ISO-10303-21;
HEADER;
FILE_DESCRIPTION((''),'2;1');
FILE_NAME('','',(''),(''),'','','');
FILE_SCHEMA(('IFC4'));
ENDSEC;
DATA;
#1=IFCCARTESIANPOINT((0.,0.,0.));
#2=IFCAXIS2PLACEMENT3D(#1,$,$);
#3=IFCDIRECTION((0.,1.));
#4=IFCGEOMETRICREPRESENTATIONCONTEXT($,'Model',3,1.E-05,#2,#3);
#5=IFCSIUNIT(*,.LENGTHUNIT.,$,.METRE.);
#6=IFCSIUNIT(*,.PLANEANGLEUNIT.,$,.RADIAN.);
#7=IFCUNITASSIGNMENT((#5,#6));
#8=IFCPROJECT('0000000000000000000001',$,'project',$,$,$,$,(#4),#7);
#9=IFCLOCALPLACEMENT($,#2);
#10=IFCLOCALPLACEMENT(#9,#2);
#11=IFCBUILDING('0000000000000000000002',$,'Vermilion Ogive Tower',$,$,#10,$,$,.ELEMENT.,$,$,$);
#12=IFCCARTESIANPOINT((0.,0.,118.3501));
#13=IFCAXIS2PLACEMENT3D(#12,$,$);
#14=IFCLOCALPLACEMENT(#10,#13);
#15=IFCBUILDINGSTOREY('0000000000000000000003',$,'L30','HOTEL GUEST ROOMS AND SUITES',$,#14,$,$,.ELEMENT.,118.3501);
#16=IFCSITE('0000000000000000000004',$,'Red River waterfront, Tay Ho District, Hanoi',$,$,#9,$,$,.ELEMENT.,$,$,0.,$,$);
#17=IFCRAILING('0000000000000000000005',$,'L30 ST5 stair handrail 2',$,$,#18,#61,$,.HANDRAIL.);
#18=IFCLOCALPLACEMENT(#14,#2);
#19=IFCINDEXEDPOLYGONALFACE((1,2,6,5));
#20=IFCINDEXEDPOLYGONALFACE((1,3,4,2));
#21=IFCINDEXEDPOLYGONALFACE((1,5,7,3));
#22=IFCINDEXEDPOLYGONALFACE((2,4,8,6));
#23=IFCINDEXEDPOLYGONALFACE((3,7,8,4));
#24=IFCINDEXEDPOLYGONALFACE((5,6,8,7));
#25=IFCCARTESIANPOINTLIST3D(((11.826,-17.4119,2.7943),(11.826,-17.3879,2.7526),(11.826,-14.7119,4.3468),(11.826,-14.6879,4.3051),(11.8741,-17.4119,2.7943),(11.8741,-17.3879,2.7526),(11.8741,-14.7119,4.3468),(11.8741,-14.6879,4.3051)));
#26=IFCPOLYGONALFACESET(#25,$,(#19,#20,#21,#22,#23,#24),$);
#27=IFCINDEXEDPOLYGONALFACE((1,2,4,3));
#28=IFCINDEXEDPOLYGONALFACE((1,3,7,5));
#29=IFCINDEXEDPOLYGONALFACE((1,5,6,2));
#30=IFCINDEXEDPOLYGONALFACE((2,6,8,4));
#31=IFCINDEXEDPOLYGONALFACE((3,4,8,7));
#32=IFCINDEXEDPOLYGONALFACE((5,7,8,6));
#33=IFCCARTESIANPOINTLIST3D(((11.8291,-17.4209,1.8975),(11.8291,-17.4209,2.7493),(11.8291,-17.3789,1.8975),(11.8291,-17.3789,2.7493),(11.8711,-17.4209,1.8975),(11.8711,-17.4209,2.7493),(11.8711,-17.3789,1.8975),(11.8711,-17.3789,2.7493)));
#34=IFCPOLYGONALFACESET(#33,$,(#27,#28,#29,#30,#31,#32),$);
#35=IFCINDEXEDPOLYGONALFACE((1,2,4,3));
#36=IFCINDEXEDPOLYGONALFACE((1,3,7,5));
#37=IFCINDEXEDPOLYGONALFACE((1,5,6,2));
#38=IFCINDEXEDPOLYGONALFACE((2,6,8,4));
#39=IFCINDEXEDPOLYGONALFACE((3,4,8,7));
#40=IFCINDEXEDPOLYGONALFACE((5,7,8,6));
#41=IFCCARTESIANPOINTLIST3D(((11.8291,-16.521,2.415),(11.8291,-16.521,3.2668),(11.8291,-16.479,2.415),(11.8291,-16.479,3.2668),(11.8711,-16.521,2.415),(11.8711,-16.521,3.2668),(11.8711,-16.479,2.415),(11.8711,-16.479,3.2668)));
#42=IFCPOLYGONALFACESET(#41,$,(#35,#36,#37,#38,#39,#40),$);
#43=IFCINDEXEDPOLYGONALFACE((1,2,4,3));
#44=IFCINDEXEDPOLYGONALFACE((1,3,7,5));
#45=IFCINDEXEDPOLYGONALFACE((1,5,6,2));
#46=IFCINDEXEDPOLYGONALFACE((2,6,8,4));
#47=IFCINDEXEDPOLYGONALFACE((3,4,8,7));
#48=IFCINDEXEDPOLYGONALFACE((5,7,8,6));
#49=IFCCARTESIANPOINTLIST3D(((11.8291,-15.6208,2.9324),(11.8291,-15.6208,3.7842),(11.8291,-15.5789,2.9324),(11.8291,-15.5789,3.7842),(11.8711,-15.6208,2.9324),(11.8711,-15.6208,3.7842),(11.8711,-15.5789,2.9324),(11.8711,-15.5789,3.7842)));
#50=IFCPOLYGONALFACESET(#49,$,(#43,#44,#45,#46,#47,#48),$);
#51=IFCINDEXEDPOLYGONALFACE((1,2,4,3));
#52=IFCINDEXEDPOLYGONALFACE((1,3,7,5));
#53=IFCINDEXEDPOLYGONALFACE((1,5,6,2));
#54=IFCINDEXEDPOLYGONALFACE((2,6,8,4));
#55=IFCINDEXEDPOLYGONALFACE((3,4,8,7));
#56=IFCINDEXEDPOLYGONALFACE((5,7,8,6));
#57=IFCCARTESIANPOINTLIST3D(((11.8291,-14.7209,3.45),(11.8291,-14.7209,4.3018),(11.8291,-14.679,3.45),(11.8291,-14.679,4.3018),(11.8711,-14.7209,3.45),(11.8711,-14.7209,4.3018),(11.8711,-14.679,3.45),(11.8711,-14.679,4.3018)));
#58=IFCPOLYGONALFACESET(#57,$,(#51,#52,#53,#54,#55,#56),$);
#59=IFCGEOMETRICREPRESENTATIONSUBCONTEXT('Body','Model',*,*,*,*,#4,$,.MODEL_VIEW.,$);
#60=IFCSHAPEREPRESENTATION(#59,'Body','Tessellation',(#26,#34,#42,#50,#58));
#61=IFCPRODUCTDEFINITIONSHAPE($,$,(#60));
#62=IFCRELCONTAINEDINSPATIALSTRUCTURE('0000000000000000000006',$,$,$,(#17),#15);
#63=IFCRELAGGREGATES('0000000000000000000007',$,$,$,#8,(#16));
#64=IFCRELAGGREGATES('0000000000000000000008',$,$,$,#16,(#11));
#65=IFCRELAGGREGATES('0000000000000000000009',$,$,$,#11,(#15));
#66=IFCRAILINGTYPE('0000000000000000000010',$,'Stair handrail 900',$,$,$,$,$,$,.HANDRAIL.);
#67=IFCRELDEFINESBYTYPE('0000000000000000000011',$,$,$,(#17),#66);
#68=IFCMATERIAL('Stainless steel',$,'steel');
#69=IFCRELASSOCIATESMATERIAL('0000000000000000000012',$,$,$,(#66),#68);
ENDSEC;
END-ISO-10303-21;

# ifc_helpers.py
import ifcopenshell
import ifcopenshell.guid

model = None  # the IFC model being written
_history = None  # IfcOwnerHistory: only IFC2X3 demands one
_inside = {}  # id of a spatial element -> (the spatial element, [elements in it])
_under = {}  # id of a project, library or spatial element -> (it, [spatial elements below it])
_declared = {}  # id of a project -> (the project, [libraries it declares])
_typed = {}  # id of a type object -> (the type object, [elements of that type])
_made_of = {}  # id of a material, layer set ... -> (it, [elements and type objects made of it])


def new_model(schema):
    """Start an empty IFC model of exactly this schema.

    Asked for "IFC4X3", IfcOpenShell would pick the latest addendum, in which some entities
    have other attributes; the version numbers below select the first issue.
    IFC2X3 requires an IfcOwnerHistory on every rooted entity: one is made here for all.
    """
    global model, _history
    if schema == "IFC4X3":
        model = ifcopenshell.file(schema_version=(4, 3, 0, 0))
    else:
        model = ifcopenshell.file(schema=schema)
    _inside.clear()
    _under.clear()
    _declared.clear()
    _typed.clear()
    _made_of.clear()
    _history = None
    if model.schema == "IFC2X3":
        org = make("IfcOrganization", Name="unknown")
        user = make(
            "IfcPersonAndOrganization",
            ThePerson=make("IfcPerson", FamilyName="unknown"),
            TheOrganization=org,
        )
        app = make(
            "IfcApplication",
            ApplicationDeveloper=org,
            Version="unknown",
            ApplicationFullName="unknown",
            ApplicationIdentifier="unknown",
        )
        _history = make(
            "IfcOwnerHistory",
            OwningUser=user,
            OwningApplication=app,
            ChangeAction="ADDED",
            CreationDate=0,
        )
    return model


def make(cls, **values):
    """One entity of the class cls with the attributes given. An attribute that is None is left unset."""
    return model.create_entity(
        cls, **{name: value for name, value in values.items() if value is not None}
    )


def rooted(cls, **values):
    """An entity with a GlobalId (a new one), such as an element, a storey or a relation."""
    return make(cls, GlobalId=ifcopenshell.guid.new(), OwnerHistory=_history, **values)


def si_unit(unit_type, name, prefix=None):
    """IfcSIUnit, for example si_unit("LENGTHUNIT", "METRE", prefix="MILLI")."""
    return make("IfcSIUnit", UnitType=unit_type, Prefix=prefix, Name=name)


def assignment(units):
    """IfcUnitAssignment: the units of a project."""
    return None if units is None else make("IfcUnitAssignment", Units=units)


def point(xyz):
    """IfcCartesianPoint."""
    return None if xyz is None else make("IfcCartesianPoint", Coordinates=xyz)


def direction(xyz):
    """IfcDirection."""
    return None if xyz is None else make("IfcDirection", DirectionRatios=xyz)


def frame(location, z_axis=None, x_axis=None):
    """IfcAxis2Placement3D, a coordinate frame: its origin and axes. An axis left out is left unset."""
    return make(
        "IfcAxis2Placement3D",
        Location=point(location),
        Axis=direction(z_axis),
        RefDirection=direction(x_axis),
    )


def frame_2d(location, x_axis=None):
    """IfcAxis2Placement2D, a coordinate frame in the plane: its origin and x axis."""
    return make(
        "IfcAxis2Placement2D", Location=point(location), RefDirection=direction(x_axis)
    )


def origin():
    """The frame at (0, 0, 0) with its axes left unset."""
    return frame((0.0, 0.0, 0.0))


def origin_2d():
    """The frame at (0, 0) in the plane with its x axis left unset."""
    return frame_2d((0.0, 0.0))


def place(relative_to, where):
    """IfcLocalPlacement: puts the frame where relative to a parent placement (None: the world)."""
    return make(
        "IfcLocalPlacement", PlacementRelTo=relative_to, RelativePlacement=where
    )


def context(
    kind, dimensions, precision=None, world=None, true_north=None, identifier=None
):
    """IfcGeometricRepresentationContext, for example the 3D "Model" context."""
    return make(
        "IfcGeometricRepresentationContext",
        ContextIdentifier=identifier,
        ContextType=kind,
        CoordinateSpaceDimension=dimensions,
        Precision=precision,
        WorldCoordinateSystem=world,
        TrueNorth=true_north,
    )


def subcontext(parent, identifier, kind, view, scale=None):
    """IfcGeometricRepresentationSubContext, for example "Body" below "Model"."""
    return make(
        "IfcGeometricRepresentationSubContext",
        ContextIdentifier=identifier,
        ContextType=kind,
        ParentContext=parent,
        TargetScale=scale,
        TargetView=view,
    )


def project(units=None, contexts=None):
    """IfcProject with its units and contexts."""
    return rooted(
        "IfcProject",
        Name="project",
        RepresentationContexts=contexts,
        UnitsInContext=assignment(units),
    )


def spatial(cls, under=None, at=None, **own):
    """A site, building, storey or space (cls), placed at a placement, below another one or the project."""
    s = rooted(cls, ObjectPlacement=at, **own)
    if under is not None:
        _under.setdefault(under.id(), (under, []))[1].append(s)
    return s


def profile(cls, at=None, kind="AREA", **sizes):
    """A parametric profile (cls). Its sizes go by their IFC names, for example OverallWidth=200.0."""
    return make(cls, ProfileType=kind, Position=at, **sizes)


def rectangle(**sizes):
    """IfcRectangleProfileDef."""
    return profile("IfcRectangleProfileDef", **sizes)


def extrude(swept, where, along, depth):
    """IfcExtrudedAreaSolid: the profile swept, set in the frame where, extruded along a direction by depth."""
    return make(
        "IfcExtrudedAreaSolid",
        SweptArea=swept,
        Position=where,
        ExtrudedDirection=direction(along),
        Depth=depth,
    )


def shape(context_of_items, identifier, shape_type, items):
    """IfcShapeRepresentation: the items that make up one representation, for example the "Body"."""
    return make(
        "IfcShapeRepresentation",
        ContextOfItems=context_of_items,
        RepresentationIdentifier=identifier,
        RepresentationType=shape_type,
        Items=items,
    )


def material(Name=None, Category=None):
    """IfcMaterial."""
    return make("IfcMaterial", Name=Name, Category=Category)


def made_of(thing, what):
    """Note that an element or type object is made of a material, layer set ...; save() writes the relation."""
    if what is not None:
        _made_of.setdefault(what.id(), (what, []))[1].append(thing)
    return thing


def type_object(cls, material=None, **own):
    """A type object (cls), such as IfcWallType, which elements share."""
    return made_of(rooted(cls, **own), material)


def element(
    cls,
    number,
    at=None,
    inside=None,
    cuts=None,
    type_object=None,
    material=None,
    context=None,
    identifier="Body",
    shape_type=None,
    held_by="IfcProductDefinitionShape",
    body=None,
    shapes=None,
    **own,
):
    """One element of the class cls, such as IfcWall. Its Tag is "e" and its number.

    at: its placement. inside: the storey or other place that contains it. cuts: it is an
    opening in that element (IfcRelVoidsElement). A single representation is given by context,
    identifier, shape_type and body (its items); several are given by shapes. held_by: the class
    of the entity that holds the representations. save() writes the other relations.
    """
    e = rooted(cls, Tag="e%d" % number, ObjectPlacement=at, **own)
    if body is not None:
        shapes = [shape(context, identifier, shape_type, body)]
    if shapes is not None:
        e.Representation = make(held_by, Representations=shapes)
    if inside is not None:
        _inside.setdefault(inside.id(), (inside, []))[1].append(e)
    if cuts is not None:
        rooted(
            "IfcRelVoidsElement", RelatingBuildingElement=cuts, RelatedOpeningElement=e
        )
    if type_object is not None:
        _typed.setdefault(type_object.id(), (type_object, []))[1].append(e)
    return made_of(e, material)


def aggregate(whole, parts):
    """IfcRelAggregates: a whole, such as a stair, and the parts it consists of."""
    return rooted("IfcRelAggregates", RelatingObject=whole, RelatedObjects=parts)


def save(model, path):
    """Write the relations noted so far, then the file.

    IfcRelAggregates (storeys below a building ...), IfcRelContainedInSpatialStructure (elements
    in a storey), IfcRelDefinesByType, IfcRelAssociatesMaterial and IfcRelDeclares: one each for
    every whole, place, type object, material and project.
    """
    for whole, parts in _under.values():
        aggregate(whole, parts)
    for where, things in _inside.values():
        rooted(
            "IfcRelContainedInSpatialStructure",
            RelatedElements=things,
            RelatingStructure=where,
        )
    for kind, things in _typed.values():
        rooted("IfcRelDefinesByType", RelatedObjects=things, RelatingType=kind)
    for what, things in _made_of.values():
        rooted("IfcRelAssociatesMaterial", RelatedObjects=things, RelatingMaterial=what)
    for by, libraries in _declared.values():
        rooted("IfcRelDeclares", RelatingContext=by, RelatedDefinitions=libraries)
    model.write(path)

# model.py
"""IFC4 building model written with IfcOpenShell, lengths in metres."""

from ifc_helpers import new_model, si_unit, direction, frame, origin, origin_2d, place, context, subcontext, project, spatial, rectangle, extrude, material, type_object, element, save


model = new_model("IFC4")

# Units and contexts
model_context = context("Model", 3, precision=1e-05, world=origin(), true_north=direction((0.0, 1.0)))
body_context = subcontext(model_context, "Body", "Model", "MODEL_VIEW")
ifc_project = project(units=[si_unit("LENGTHUNIT", "METRE"), si_unit("PLANEANGLEUNIT", "RADIAN")], contexts=[model_context])

# Site, building, storey
site_placement = place(None, origin())
site = spatial("IfcSite", under=ifc_project, at=site_placement, Name="Red River waterfront, Tay Ho District, Hanoi", CompositionType="ELEMENT", RefElevation=0.0)
building_placement = place(site_placement, origin())
building = spatial("IfcBuilding", under=site, at=building_placement, Name="Vermilion Ogive Tower", CompositionType="ELEMENT")
storey_placement = place(building_placement, frame((0.0, 0.0, 118.3501)))
storey = spatial("IfcBuildingStorey", under=building, at=storey_placement, Name="L30", Description="HOTEL GUEST ROOMS AND SUITES", CompositionType="ELEMENT", Elevation=118.3501)

# Railing
ifc_material_1 = material(Name="Stainless steel", Category="steel")
railing_type_1 = type_object("IfcRailingType", Name="Stair handrail 900", PredefinedType="HANDRAIL", material=ifc_material_1)
railing_1_placement = place(storey_placement, frame((11.8501, -17.3999, 1.8975)))
element("IfcRailing", 1, at=railing_1_placement, inside=storey, type_object=railing_type_1, Name="L30 ST5 stair handrail 2", PredefinedType="HANDRAIL", context=body_context, shape_type="SweptSolid", body=[
    extrude(rectangle(XDim=0.0481, YDim=0.0481, at=origin_2d()), frame((0.0, 0.0, 0.876), z_axis=(0.0, 0.866904, 0.498476), x_axis=(-1.0, 0.0, 0.0)), (0.0, 0.0, 1.0), 3.1145),
    extrude(rectangle(XDim=0.042, YDim=0.042, at=origin_2d()), origin(), (0.0, 0.0, 1.0), 0.8518),
    extrude(rectangle(XDim=0.042, YDim=0.042, at=origin_2d()), frame((0.0, 0.8999, 0.5176)), (0.0, 0.0, 1.0), 0.8518),
    extrude(rectangle(XDim=0.042, YDim=0.042, at=origin_2d()), frame((0.0, 1.8, 1.0349)), (0.0, 0.0, 1.0), 0.8518),
    extrude(rectangle(XDim=0.042, YDim=0.042, at=origin_2d()), frame((0.0, 2.7, 1.5525)), (0.0, 0.0, 1.0), 0.8518),
])

save(model, "model.ifc")
